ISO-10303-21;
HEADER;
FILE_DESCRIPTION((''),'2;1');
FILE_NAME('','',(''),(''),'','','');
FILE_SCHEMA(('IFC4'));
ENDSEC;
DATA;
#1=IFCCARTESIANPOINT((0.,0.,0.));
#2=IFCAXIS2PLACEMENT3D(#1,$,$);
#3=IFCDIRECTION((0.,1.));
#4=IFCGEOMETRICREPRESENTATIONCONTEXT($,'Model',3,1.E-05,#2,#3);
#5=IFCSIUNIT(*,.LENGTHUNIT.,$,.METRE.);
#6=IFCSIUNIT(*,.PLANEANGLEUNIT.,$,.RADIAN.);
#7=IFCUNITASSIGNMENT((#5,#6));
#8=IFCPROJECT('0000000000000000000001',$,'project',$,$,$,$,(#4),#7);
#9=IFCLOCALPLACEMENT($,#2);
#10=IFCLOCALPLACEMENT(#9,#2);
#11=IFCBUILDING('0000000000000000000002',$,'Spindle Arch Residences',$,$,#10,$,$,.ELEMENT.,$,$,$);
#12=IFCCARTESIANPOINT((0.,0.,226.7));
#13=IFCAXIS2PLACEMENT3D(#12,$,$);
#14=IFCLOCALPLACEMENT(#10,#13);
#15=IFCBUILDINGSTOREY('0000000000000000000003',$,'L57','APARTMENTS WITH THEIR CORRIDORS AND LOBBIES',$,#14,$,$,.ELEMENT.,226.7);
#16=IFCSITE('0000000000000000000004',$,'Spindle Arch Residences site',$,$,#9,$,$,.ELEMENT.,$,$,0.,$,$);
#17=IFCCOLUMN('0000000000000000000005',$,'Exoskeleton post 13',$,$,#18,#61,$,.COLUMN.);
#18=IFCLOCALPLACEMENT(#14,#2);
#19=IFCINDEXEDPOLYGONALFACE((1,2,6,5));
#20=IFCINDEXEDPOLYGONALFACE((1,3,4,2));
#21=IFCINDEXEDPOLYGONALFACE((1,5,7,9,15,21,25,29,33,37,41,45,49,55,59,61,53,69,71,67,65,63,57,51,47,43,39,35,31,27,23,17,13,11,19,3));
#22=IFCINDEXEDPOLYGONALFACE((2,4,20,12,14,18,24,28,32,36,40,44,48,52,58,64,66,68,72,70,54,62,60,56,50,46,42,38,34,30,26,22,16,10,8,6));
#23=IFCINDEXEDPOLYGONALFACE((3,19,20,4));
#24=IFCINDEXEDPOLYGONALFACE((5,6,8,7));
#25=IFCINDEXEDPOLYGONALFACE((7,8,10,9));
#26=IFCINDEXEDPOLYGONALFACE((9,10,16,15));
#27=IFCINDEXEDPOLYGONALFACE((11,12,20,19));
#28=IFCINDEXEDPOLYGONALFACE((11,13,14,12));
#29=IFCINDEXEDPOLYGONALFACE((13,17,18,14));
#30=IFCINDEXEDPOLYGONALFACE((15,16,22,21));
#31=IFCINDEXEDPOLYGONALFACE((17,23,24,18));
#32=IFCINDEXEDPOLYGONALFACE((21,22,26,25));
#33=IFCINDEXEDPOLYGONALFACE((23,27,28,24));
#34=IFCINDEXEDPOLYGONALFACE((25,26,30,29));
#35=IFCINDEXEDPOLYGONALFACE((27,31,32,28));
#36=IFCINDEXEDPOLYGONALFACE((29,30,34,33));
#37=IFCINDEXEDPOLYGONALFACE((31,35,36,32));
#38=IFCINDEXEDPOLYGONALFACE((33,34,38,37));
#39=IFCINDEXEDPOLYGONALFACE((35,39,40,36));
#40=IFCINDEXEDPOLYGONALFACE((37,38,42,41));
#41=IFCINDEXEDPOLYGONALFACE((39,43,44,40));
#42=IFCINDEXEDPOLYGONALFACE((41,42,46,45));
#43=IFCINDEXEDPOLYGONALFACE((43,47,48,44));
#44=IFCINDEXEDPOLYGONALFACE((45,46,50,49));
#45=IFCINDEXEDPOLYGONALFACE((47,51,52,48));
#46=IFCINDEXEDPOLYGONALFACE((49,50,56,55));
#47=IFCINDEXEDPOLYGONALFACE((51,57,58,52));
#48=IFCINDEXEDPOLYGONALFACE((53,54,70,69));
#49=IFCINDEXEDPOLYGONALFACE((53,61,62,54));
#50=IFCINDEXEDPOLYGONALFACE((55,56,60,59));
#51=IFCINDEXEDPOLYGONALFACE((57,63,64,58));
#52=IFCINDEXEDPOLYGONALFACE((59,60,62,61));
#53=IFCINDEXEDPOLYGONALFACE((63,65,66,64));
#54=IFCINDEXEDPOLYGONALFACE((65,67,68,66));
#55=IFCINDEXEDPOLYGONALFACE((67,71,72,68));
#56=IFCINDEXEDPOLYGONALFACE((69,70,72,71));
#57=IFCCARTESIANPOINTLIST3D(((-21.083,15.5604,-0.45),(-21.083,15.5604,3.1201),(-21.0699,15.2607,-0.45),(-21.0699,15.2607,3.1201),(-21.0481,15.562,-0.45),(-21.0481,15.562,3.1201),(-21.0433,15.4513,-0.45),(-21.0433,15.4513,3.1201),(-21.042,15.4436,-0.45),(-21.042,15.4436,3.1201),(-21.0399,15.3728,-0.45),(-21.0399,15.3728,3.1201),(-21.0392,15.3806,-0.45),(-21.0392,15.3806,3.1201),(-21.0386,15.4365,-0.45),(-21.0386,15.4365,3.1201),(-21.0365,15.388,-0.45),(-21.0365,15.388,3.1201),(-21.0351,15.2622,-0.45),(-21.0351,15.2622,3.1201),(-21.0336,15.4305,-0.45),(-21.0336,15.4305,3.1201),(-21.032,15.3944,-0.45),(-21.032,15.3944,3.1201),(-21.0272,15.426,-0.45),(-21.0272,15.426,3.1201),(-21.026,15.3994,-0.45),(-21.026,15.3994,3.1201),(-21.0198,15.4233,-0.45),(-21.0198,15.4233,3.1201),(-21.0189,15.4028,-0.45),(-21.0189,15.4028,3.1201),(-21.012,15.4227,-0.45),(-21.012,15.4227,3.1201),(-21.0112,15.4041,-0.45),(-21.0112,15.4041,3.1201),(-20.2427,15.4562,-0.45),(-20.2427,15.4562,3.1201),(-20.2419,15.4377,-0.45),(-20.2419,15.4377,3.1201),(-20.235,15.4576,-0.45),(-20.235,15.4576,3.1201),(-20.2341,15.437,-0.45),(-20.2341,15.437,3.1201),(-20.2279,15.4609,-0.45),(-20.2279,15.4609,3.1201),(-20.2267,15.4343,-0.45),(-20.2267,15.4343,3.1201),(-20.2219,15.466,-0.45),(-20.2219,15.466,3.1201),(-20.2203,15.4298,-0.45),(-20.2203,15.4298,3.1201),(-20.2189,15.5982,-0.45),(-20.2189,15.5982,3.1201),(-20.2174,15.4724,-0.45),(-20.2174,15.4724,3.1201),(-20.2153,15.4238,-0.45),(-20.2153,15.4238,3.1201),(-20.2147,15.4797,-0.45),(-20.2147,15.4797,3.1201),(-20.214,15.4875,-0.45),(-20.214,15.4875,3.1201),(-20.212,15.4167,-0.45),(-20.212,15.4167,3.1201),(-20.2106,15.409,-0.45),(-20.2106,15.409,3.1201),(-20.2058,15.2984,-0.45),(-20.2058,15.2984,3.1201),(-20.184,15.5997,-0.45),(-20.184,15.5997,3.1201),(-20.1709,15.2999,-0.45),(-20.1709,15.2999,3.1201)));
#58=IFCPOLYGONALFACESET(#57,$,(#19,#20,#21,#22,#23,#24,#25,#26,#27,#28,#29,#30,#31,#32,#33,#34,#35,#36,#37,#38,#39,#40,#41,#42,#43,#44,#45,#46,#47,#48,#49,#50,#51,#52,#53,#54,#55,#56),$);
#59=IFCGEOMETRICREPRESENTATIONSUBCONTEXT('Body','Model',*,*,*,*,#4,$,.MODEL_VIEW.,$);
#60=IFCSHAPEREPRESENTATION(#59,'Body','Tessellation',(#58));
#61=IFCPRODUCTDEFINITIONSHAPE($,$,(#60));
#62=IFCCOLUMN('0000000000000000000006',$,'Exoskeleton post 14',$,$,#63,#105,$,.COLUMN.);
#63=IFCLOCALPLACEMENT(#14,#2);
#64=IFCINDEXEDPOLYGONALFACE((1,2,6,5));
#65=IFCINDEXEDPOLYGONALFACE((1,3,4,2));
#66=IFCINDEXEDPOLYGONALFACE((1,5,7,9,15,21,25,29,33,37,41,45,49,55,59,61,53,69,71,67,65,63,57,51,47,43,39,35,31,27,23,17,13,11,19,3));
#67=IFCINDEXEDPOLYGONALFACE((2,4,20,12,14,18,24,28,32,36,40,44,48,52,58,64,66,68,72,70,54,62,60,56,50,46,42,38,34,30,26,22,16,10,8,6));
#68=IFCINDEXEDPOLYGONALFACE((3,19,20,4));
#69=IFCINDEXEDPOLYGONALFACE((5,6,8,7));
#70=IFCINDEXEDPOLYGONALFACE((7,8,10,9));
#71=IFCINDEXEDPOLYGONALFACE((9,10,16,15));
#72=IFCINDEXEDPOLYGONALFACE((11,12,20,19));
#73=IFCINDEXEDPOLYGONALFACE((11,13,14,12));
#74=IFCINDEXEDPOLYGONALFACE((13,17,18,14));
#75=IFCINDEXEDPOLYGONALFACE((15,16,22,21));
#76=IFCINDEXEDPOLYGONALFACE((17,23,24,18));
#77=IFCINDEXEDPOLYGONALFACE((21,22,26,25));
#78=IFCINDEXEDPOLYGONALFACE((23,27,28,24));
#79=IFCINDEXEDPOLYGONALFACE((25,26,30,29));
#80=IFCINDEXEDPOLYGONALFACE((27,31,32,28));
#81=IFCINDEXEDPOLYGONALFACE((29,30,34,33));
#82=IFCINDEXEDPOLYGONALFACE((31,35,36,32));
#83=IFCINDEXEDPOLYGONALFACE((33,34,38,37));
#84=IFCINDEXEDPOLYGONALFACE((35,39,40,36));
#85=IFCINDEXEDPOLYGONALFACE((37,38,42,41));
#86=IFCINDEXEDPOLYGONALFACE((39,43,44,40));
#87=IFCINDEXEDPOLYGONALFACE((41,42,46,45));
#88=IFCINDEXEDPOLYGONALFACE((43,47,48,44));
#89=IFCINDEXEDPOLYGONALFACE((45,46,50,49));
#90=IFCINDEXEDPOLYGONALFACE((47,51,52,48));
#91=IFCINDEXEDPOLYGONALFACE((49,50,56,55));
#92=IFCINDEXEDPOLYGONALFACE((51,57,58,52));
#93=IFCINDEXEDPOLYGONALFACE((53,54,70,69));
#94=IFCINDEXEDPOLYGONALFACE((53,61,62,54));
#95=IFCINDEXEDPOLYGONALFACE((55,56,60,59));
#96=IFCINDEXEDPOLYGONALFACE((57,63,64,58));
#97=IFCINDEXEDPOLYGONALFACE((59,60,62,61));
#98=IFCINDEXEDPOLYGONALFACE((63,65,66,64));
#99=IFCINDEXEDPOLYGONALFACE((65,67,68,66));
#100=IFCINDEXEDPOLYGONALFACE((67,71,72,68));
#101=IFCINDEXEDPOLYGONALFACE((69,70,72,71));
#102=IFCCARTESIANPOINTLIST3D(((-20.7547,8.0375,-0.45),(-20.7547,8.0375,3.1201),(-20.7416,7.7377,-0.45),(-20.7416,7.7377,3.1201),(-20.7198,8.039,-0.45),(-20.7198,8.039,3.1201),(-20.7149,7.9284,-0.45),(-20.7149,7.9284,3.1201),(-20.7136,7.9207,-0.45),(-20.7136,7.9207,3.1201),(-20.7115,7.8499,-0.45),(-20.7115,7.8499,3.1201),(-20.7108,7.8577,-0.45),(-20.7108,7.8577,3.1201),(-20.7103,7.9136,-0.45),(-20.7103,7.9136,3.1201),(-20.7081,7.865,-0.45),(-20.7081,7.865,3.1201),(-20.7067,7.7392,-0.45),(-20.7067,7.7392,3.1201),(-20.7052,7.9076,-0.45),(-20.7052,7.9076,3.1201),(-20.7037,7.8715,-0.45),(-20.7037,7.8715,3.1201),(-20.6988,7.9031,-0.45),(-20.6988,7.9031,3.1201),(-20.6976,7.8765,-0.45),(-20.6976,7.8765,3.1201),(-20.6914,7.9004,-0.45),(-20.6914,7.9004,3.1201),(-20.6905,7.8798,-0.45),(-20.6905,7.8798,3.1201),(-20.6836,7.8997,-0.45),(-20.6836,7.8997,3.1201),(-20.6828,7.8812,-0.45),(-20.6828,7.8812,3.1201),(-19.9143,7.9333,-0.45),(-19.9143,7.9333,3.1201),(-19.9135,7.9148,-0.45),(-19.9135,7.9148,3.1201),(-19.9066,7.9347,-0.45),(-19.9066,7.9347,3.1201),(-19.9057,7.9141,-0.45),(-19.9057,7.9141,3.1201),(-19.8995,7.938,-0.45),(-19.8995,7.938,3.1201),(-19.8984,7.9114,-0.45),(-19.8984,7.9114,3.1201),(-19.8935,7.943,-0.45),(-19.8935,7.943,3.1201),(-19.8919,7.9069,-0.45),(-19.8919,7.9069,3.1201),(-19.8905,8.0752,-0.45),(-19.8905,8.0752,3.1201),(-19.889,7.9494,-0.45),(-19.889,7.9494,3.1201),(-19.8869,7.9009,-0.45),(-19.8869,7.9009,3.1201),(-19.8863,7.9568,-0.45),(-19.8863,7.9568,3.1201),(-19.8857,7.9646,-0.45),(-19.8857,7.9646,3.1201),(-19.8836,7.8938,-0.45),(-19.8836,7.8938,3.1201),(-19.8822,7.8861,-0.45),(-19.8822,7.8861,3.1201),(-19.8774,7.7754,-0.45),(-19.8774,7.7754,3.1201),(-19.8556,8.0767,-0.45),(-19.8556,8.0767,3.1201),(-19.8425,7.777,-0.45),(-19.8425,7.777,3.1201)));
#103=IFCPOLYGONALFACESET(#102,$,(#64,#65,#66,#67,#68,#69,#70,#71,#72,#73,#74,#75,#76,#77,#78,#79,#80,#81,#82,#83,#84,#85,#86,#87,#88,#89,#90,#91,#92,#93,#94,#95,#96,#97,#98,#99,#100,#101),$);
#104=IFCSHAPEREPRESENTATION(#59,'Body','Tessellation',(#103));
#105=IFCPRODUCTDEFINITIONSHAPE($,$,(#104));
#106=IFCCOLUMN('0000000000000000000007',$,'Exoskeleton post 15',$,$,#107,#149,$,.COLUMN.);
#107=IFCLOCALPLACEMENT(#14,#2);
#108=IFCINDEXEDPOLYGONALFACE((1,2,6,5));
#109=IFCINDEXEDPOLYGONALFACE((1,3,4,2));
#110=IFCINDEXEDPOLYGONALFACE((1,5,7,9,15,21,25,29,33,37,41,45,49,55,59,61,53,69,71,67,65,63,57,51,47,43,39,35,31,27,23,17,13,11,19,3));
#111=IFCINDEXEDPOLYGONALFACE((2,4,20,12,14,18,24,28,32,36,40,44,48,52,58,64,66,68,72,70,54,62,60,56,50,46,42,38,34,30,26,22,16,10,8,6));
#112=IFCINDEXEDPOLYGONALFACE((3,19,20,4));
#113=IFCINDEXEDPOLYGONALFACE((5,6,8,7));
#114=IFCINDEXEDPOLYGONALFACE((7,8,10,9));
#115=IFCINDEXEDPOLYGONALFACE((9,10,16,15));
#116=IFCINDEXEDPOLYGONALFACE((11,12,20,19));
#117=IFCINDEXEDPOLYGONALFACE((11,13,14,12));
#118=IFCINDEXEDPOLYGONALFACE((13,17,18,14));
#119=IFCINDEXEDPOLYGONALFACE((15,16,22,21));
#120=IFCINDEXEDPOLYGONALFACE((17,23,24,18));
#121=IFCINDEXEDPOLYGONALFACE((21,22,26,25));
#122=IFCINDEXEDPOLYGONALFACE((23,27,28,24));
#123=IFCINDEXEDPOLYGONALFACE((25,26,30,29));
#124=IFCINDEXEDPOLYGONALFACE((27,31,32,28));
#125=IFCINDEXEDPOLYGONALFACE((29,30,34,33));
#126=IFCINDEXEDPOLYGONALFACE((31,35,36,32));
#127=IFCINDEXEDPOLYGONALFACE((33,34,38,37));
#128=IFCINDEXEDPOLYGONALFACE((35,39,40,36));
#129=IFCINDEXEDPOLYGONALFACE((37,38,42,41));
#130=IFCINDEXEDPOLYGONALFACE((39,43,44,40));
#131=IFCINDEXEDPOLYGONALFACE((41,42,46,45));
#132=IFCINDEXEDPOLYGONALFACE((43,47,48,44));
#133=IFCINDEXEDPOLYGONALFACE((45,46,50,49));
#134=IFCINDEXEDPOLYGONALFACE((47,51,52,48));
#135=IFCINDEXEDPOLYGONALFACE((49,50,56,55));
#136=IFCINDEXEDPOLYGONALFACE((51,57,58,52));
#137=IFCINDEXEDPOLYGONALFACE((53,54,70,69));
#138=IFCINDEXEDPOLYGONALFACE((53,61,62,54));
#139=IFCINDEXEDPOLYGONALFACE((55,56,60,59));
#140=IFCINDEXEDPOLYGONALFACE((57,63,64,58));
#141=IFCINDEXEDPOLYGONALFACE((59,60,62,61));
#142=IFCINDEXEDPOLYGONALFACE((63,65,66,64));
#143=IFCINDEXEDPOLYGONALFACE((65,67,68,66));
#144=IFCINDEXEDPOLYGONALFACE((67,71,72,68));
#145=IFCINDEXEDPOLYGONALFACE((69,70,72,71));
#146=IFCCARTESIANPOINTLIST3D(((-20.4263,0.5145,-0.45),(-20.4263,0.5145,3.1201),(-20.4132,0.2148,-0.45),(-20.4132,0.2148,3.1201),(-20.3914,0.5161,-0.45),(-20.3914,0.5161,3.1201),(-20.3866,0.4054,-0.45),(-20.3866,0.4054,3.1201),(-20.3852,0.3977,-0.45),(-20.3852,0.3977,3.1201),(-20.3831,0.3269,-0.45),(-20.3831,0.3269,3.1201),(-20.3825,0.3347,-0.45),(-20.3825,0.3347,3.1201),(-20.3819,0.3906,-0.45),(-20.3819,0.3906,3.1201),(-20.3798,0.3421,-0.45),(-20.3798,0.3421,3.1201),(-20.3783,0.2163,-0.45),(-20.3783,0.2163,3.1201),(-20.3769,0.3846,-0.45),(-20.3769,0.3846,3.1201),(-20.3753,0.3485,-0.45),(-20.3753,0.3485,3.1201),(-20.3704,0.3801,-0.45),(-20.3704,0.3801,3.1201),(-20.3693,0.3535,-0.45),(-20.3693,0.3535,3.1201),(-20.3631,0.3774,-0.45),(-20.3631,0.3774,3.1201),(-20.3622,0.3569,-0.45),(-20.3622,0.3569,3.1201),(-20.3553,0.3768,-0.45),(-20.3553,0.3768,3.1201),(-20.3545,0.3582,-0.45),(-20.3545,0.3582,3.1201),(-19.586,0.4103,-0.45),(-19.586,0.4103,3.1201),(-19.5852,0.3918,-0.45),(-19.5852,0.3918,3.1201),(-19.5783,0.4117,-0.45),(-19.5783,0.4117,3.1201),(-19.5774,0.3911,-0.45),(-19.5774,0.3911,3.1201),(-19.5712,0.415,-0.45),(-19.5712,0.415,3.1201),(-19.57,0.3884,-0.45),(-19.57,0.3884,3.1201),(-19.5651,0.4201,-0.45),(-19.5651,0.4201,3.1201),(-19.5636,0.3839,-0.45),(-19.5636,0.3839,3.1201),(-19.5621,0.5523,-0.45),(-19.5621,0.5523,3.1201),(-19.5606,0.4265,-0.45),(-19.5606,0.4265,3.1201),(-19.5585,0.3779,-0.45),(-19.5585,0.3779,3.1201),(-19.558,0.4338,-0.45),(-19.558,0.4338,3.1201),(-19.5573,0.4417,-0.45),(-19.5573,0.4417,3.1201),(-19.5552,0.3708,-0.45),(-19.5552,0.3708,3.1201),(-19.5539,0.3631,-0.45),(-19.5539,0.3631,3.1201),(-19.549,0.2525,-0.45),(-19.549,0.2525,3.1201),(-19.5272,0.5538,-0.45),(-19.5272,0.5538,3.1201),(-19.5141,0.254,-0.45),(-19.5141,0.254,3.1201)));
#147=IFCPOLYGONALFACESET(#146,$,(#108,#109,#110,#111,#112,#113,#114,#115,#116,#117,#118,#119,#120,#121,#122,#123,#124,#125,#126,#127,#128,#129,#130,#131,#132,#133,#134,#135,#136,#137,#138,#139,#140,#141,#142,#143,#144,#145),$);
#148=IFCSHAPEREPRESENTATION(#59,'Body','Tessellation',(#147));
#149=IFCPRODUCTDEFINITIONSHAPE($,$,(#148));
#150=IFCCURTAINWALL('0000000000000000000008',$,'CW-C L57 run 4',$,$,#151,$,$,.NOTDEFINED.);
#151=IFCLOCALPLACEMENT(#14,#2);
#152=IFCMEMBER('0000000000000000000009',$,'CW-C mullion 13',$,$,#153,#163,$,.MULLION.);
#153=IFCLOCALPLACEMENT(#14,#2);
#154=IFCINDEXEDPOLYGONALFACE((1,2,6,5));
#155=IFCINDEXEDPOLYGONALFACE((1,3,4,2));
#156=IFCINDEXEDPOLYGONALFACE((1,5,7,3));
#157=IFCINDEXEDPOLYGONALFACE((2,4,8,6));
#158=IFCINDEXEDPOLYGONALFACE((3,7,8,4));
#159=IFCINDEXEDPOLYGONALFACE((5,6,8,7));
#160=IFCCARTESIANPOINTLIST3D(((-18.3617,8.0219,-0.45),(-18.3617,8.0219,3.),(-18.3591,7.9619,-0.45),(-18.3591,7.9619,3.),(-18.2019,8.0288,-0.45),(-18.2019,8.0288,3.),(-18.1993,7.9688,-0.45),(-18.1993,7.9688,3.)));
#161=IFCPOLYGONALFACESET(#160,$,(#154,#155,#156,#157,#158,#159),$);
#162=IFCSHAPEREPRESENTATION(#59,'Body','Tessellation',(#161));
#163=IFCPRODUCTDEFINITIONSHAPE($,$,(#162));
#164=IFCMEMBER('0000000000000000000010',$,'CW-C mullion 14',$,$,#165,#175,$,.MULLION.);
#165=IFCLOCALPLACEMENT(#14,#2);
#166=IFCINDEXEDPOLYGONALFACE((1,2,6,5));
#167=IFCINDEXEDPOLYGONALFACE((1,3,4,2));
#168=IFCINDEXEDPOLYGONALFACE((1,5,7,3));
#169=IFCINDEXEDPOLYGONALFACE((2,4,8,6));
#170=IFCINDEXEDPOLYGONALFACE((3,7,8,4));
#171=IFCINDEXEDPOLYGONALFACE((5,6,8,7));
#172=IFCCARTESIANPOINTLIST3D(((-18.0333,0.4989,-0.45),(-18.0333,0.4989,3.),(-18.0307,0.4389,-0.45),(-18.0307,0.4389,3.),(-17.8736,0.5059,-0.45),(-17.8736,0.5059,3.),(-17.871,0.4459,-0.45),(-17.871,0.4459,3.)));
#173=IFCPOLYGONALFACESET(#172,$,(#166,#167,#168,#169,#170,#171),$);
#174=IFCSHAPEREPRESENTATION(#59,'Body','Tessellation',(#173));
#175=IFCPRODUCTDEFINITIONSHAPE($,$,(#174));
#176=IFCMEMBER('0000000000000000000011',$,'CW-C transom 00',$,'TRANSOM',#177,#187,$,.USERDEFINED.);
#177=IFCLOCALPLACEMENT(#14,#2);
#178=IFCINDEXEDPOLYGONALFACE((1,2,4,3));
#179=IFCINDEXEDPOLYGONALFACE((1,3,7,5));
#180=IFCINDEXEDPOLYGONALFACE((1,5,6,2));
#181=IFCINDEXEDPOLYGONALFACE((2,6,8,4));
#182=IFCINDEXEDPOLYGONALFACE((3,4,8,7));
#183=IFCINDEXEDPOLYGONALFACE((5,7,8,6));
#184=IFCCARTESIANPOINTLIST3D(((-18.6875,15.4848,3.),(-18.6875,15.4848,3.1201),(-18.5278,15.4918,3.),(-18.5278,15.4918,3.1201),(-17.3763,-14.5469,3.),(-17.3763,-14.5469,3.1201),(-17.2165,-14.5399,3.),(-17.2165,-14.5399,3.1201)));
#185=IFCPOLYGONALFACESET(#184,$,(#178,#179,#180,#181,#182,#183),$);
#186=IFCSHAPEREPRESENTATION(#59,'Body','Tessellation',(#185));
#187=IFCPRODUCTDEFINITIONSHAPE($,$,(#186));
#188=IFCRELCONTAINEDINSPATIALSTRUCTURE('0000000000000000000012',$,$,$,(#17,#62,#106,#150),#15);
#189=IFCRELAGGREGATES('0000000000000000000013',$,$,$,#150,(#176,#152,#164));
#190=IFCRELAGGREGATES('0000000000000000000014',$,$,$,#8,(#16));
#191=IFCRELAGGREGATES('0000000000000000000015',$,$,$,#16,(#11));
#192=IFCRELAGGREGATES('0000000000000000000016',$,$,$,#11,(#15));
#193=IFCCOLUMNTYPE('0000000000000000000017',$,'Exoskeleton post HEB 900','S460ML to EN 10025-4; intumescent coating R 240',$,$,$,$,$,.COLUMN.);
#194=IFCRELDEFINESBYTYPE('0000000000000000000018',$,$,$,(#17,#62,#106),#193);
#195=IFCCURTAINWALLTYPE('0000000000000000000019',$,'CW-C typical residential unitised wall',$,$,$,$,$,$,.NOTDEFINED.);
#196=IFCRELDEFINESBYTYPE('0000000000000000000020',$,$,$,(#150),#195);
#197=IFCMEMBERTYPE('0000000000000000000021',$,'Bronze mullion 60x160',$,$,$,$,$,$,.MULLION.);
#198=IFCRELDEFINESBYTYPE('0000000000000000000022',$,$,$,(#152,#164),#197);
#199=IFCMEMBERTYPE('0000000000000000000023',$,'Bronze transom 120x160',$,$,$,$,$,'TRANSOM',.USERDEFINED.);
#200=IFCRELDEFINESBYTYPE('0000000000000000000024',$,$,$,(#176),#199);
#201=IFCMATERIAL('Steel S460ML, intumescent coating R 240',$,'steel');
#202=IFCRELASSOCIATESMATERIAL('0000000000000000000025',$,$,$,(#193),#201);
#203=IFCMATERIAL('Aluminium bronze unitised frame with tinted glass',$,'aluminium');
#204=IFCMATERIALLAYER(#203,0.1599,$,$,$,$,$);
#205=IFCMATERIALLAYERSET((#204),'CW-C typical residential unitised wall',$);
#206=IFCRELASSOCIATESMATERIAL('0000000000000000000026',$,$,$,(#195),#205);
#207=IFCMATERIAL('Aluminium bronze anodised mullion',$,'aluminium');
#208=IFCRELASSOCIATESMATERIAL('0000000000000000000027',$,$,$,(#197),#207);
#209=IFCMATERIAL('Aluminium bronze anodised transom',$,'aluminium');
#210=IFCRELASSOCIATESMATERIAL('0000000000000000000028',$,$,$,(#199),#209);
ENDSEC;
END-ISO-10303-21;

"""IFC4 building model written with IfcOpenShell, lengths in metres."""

from ifc_helpers import new_model, si_unit, direction, frame, origin, origin_2d, place, context, subcontext, project, spatial, rectangle, i_section, extrude, material, layer, layer_set, material_profile, profile_set, type_object, element, aggregate, save


model = new_model("IFC4")

# Units and contexts
model_context = context("Model", 3, precision=1e-05, world=origin(), true_north=direction((0.0, 1.0)))
body_context = subcontext(model_context, "Body", "Model", "MODEL_VIEW")
ifc_project = project(units=[si_unit("LENGTHUNIT", "METRE"), si_unit("PLANEANGLEUNIT", "RADIAN")], contexts=[model_context])

# Site, building, storey
site_placement = place(None, origin())
site = spatial("IfcSite", under=ifc_project, at=site_placement, Name="Spindle Arch Residences site", CompositionType="ELEMENT", RefElevation=0.0)
building_placement = place(site_placement, origin())
building = spatial("IfcBuilding", under=site, at=building_placement, Name="Spindle Arch Residences", CompositionType="ELEMENT")
storey_placement = place(building_placement, frame((0.0, 0.0, 226.7)))
storey = spatial("IfcBuildingStorey", under=building, at=storey_placement, Name="L57", Description="APARTMENTS WITH THEIR CORRIDORS AND LOBBIES", CompositionType="ELEMENT", Elevation=226.7)

# Columns
ifc_material_1 = material(Name="Steel S460ML, intumescent coating R 240", Category="steel")
ifc_material_profile_1 = material_profile(ifc_material_1, i_section(OverallWidth=0.3, OverallDepth=0.8999, WebThickness=0.0186, FlangeThickness=0.0349, FilletRadius=0.03, at=origin_2d()), Name="HEB 900")
ifc_profile_set_1 = profile_set([ifc_material_profile_1], Name="Steel S460ML, intumescent coating R 240")
column_type = type_object("IfcColumnType", Name="Exoskeleton post HEB 900", Description="S460ML to EN 10025-4; intumescent coating R 240", PredefinedType="COLUMN", material=ifc_profile_set_1)
for number, where, z_axis, x_axis, name in (
    (1, (-20.627, 15.4302, -0.45), (0.0, 0.0, 1.0), (-0.043619, 0.999048, 0.0), "Exoskeleton post 13"),
    (2, (-20.2986, 7.9072, -0.45), (0.0, 0.0, 1.0), (-0.043619, 0.999048, 0.0), "Exoskeleton post 14"),
    (3, (-19.9702, 0.3843, -0.45), (0.0, 0.0, 1.0), (-0.043619, 0.999048, 0.0), "Exoskeleton post 15"),
):
    element("IfcColumn", number, at=place(storey_placement, frame(where, z_axis=z_axis, x_axis=x_axis)), inside=storey, type_object=column_type, Name=name, PredefinedType="COLUMN", context=body_context, shape_type="SweptSolid", body=[
        extrude(i_section(OverallWidth=0.3, OverallDepth=0.8999, WebThickness=0.0186, FlangeThickness=0.0349, FilletRadius=0.03, at=origin_2d()), origin(), (0.0, 0.0, 1.0), 3.5701),
    ])

# Curtain wall, members
ifc_material_2 = material(Name="Aluminium bronze unitised frame with tinted glass", Category="aluminium")
ifc_layer_1 = layer(ifc_material_2, 0.1599)
ifc_layer_set_1 = layer_set([ifc_layer_1], Name="CW-C typical residential unitised wall")
curtain_wall_type = type_object("IfcCurtainWallType", Name="CW-C typical residential unitised wall", PredefinedType="NOTDEFINED", material=ifc_layer_set_1)
curtain_wall_placement = place(storey_placement, origin())
curtain_wall = element("IfcCurtainWall", 4, at=curtain_wall_placement, inside=storey, type_object=curtain_wall_type, Name="CW-C L57 run 4", PredefinedType="NOTDEFINED")
ifc_material_3 = material(Name="Aluminium bronze anodised mullion", Category="aluminium")
ifc_material_profile_2 = material_profile(ifc_material_3, rectangle(XDim=0.1599, YDim=0.0601, at=origin_2d()), Name="MU 60x160")
ifc_profile_set_2 = profile_set([ifc_material_profile_2], Name="Aluminium bronze anodised mullion")
member_type_1 = type_object("IfcMemberType", Name="Bronze mullion 60x160", PredefinedType="MULLION", material=ifc_profile_set_2)
member_1_placement = place(storey_placement, frame((-18.2805, 7.9954, -0.45), z_axis=(0.0, 0.0, 1.0), x_axis=(0.999048, 0.043619, 0.0)))
member_1 = element("IfcMember", 5, at=member_1_placement, type_object=member_type_1, Name="CW-C mullion 13", PredefinedType="MULLION", context=body_context, shape_type="SweptSolid", body=[
    extrude(rectangle(XDim=0.1599, YDim=0.0601, at=origin_2d()), origin(), (0.0, 0.0, 1.0), 3.45),
])
member_2_placement = place(storey_placement, frame((-17.9521, 0.4724, -0.45), z_axis=(0.0, 0.0, 1.0), x_axis=(0.999048, 0.043619, 0.0)))
member_2 = element("IfcMember", 6, at=member_2_placement, type_object=member_type_1, Name="CW-C mullion 14", PredefinedType="MULLION", context=body_context, shape_type="SweptSolid", body=[
    extrude(rectangle(XDim=0.1599, YDim=0.0601, at=origin_2d()), origin(), (0.0, 0.0, 1.0), 3.45),
])
ifc_material_4 = material(Name="Aluminium bronze anodised transom", Category="aluminium")
ifc_material_profile_3 = material_profile(ifc_material_4, rectangle(XDim=0.1599, YDim=0.1201, at=origin_2d()), Name="TR 120x160")
ifc_profile_set_3 = profile_set([ifc_material_profile_3], Name="Aluminium bronze anodised transom")
member_type_2 = type_object("IfcMemberType", Name="Bronze transom 120x160", ElementType="TRANSOM", PredefinedType="USERDEFINED", material=ifc_profile_set_3)
member_3_placement = place(storey_placement, frame((-18.6077, 15.4883, 3.0601), z_axis=(0.043622, -0.999048, 0.0), x_axis=(0.999048, 0.043622, 0.0)))
member_3 = element("IfcMember", 7, at=member_3_placement, type_object=member_type_2, Name="CW-C transom 00", ObjectType="TRANSOM", PredefinedType="USERDEFINED", context=body_context, shape_type="SweptSolid", body=[
    extrude(rectangle(XDim=0.1599, YDim=0.1201, at=origin_2d()), origin(), (0.0, 0.0, 1.0), 30.0603),
])

aggregate(curtain_wall, [member_3, member_1, member_2])

save(model, "model.ifc")
